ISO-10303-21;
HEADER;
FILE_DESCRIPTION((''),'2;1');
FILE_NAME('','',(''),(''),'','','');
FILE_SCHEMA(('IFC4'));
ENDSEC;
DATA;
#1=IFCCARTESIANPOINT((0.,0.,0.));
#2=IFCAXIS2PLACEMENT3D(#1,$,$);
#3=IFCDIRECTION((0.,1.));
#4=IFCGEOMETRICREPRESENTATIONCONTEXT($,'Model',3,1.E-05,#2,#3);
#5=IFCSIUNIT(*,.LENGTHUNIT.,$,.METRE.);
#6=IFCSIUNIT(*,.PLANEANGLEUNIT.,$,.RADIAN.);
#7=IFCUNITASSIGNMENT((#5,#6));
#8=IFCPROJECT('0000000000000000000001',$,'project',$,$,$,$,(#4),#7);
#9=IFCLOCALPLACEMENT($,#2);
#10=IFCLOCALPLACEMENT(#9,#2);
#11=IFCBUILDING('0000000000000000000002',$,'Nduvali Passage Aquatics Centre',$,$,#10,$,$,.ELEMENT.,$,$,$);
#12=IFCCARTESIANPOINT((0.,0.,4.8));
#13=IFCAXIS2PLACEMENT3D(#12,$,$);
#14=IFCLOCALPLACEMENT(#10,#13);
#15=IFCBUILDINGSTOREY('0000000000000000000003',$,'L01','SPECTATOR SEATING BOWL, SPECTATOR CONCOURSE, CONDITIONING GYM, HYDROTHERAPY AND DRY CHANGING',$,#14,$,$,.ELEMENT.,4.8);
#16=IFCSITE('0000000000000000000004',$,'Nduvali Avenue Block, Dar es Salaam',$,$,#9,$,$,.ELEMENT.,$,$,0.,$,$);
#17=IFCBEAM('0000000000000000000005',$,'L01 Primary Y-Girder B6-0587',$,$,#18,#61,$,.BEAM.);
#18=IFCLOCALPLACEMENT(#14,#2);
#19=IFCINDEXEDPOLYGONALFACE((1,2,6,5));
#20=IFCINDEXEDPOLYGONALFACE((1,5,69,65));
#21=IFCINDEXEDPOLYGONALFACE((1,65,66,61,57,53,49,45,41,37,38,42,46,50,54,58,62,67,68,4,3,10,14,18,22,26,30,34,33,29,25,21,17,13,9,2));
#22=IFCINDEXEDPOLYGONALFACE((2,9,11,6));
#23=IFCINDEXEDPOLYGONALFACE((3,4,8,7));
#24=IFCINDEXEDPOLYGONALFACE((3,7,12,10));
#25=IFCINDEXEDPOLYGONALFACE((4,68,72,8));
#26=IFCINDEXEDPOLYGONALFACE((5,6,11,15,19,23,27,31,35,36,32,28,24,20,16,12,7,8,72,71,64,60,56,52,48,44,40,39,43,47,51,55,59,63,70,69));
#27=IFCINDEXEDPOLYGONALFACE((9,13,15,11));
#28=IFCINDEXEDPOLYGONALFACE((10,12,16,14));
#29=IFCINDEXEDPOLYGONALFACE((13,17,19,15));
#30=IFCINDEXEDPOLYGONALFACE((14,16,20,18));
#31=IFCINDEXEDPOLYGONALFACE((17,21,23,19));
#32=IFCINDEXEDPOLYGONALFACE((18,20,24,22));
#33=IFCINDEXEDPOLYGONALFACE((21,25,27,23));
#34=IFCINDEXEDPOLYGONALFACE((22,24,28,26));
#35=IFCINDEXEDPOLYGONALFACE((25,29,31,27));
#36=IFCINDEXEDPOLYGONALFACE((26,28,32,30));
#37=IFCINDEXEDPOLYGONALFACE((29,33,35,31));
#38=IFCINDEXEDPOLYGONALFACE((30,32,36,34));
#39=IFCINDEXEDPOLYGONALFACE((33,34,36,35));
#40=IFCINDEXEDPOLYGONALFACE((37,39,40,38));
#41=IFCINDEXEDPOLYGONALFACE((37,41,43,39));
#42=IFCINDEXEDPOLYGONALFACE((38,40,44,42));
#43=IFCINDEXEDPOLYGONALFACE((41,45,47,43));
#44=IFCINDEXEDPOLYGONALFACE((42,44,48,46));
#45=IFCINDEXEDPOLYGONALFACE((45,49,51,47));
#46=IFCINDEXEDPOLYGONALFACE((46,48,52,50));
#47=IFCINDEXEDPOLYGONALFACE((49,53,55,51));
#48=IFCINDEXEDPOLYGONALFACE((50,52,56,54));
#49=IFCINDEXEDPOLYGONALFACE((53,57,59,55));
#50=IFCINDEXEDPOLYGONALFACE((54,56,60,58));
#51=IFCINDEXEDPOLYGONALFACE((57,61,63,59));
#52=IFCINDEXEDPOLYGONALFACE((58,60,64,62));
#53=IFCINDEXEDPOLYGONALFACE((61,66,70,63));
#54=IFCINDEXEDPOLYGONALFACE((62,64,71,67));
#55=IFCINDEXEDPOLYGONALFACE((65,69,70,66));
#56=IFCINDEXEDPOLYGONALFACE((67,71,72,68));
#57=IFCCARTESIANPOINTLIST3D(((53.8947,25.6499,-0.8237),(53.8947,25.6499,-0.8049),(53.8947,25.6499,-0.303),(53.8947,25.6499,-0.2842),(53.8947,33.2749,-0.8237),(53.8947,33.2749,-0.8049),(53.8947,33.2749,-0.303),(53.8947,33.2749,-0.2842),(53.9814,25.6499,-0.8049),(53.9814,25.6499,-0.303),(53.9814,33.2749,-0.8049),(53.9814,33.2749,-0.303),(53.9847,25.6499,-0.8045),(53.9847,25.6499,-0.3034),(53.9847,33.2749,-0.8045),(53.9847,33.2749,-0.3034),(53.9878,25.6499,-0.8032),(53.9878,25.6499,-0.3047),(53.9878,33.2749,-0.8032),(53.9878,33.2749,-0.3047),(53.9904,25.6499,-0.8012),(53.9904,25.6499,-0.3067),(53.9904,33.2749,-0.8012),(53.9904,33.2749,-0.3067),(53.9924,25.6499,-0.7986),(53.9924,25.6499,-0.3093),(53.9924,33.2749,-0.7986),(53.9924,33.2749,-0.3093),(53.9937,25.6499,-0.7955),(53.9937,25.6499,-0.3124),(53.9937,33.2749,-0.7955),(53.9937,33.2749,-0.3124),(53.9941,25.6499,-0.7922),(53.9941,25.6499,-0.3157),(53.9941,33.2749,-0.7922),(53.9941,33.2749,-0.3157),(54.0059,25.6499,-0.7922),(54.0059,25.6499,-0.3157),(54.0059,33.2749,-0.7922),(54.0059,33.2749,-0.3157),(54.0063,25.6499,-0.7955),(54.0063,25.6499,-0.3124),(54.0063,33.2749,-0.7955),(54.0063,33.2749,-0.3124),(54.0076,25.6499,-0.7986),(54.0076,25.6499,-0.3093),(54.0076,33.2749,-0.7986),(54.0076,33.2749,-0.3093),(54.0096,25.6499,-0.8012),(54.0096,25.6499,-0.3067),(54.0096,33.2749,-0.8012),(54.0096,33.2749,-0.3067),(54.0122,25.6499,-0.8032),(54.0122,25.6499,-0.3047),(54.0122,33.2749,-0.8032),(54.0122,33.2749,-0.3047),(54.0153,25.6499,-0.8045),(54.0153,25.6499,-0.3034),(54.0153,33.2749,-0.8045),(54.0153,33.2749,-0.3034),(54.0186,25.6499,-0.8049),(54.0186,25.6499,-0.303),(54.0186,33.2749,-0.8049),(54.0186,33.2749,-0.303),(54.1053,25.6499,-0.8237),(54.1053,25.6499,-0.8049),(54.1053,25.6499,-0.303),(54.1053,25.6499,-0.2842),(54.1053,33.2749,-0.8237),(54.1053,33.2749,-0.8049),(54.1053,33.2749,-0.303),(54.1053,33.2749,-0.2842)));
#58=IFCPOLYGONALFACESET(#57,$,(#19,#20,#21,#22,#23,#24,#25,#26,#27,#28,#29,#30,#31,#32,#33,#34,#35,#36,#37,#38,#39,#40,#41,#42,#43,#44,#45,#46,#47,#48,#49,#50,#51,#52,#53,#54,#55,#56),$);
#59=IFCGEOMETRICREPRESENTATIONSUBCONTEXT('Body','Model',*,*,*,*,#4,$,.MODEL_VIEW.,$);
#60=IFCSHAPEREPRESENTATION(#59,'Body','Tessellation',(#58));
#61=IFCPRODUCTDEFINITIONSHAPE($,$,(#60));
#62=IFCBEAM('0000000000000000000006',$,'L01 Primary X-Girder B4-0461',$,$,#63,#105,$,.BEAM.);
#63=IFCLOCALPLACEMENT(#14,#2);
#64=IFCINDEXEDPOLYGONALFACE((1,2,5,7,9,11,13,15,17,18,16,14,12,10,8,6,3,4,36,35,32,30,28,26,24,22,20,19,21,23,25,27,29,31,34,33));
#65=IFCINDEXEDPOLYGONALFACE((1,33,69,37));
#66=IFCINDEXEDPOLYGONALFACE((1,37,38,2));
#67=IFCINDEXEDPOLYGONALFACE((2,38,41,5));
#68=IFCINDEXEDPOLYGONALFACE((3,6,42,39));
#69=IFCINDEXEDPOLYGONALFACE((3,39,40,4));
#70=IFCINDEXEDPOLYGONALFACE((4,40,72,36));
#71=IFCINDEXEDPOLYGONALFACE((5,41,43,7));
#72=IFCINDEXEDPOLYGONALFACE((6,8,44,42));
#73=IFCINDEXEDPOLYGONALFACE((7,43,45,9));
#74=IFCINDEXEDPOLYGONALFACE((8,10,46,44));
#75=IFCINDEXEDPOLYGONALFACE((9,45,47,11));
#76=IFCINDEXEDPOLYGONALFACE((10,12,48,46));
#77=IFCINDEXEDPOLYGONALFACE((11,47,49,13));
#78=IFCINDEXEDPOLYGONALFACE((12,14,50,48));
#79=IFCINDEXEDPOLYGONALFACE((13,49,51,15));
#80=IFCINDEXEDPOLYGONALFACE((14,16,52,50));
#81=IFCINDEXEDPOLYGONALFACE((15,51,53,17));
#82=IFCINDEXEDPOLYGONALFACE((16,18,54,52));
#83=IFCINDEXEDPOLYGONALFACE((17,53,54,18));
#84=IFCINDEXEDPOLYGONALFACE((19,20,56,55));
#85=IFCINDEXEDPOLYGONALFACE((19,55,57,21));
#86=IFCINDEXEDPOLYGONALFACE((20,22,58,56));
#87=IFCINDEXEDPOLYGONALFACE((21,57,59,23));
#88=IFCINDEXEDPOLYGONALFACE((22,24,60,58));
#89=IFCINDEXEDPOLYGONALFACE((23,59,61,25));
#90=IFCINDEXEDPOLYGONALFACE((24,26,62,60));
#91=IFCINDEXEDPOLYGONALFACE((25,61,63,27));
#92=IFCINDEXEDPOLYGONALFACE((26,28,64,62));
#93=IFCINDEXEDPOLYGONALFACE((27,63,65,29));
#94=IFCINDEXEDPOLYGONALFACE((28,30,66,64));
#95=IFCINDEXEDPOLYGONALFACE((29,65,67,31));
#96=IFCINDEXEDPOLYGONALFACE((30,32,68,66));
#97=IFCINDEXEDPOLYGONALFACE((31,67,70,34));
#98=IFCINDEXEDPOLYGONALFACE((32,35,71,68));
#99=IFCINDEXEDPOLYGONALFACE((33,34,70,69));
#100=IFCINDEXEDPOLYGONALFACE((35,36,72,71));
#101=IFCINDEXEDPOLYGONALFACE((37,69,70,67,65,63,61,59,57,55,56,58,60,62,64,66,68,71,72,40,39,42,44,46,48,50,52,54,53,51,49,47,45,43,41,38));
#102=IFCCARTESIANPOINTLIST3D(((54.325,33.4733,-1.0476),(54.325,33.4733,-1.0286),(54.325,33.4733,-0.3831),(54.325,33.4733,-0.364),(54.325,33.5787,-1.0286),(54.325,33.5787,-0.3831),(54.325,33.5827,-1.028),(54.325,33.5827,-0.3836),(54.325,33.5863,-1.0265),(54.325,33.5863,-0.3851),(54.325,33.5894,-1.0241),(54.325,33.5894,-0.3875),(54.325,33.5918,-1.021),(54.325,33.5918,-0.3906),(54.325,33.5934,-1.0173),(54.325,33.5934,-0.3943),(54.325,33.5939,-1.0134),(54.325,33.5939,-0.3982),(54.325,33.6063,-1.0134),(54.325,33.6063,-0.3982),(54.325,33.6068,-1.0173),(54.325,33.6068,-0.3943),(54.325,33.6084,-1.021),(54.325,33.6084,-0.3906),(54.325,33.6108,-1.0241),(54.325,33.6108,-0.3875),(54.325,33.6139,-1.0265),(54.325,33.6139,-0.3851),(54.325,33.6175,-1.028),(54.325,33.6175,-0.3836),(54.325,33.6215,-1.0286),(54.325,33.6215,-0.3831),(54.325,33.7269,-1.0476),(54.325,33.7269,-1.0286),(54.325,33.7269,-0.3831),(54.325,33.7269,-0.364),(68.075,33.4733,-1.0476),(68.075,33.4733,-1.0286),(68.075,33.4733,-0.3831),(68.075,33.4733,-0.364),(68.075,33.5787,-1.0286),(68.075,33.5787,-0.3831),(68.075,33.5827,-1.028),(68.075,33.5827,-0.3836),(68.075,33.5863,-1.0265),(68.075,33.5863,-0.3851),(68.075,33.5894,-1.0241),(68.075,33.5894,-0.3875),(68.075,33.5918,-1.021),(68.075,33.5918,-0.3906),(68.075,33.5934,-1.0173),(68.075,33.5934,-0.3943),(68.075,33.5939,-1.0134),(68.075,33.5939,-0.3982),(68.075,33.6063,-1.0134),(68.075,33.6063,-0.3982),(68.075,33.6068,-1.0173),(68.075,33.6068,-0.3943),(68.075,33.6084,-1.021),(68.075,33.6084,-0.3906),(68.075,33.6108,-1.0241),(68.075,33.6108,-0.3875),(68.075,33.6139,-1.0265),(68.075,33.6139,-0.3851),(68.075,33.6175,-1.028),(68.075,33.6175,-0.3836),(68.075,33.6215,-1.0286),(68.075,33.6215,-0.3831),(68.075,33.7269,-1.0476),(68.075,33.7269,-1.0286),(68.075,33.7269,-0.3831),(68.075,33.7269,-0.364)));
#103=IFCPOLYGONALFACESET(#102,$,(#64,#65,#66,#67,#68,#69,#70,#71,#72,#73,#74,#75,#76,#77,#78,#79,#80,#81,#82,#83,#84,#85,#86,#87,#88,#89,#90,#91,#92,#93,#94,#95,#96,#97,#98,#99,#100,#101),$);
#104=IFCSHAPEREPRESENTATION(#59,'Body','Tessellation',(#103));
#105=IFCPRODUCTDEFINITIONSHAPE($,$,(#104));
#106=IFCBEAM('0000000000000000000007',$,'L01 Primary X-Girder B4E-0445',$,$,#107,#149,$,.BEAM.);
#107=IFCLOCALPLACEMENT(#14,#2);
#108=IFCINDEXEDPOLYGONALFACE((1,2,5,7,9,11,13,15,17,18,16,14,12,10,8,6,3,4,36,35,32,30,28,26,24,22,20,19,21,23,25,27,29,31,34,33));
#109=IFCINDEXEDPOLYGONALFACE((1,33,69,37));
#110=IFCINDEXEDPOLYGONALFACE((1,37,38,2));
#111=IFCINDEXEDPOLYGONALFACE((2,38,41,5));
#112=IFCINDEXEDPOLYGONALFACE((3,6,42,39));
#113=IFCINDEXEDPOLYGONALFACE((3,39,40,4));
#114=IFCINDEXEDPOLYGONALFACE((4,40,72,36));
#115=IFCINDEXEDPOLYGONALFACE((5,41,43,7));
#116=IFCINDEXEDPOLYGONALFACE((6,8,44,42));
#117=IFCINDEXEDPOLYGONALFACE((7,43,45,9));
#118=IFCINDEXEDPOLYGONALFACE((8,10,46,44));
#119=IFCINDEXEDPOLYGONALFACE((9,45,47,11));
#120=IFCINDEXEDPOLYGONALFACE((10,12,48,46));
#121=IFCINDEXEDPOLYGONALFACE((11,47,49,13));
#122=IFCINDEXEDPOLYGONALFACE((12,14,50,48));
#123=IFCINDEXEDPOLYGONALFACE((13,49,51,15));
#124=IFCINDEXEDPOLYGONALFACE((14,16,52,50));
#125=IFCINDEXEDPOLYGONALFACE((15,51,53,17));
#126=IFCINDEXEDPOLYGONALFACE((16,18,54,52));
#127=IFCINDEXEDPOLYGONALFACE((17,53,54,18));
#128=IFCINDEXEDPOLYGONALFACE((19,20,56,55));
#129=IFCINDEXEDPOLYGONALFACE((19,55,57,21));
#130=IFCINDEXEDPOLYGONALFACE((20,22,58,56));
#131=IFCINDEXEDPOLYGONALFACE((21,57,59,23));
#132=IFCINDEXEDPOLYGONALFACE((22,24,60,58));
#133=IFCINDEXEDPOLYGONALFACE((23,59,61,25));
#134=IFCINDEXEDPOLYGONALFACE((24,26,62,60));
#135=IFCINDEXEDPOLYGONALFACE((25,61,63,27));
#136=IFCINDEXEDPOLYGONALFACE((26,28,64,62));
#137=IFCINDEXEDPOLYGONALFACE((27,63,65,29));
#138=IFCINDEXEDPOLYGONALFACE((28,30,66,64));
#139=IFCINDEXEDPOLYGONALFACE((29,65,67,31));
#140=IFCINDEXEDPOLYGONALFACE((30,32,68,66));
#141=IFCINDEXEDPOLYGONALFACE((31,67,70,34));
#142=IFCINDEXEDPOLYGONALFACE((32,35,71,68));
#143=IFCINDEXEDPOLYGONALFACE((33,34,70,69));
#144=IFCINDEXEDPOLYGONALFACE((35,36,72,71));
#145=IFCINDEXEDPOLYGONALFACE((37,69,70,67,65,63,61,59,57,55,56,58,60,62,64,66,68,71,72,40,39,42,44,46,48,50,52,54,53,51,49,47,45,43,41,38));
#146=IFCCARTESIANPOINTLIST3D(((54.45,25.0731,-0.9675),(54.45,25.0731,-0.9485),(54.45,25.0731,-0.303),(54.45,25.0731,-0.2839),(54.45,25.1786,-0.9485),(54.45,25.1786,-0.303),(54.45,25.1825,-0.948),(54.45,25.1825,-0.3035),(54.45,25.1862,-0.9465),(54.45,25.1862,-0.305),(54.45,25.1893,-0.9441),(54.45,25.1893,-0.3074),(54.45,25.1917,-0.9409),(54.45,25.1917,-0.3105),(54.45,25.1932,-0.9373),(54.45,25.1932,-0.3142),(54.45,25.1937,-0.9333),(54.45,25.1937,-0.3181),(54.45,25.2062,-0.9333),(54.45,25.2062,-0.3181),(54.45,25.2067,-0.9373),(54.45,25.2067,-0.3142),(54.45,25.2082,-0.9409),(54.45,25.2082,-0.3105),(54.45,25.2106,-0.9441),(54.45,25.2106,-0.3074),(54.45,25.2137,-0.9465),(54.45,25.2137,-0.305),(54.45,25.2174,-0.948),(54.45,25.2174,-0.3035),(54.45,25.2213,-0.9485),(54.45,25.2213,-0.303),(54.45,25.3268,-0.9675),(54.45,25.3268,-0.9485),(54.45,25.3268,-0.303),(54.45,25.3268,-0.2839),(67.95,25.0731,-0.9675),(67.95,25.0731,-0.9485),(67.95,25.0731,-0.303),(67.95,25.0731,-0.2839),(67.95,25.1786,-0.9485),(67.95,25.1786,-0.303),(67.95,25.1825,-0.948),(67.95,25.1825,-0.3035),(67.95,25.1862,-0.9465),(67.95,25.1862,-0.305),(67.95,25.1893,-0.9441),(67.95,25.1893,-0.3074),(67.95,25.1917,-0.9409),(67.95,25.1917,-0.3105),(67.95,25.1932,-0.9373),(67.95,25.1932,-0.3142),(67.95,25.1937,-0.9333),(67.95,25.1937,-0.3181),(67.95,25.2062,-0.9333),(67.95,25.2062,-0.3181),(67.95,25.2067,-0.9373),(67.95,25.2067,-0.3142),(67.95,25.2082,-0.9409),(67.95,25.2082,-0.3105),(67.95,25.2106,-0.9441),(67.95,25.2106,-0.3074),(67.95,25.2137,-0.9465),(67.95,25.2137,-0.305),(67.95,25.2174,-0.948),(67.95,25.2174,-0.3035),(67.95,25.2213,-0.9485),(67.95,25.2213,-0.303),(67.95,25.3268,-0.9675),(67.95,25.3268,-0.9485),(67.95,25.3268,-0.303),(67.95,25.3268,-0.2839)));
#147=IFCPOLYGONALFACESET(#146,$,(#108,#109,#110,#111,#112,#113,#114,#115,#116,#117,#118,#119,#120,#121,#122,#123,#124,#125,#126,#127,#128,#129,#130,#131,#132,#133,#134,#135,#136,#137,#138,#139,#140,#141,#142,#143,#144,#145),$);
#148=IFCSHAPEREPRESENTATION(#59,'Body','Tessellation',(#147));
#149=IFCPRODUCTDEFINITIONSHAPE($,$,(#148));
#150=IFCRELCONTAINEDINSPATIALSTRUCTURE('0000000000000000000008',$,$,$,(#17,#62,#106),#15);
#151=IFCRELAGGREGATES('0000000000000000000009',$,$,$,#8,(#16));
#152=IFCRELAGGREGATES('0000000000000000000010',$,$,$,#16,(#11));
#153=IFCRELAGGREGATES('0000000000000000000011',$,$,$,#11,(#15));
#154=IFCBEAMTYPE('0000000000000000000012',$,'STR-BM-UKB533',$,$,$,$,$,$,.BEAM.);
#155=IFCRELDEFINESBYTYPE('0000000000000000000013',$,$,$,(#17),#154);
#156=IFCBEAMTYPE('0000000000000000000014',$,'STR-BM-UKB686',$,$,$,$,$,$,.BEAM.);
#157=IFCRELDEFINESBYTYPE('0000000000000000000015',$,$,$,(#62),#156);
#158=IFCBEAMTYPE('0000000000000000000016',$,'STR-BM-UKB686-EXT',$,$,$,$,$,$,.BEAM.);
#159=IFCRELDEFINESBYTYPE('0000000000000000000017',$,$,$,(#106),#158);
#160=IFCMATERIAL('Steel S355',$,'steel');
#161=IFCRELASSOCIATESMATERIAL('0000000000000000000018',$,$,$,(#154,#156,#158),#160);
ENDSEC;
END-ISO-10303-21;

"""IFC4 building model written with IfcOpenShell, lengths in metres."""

from ifc_helpers import new_model, si_unit, direction, frame, origin, origin_2d, place, context, subcontext, project, spatial, i_section, extrude, material, material_profile, profile_set, type_object, element, save


model = new_model("IFC4")

# Units and contexts
model_context = context("Model", 3, precision=1e-05, world=origin(), true_north=direction((0.0, 1.0)))
body_context = subcontext(model_context, "Body", "Model", "MODEL_VIEW")
ifc_project = project(units=[si_unit("LENGTHUNIT", "METRE"), si_unit("PLANEANGLEUNIT", "RADIAN")], contexts=[model_context])

# Site, building, storey
site_placement = place(None, origin())
site = spatial("IfcSite", under=ifc_project, at=site_placement, Name="Nduvali Avenue Block, Dar es Salaam", CompositionType="ELEMENT", RefElevation=0.0)
building_placement = place(site_placement, origin())
building = spatial("IfcBuilding", under=site, at=building_placement, Name="Nduvali Passage Aquatics Centre", CompositionType="ELEMENT")
storey_placement = place(building_placement, frame((0.0, 0.0, 4.8)))
storey = spatial("IfcBuildingStorey", under=building, at=storey_placement, Name="L01", Description="SPECTATOR SEATING BOWL, SPECTATOR CONCOURSE, CONDITIONING GYM, HYDROTHERAPY AND DRY CHANGING", CompositionType="ELEMENT", Elevation=4.8)

# Beams
ifc_material_1 = material(Name="Steel S355", Category="steel")
ifc_material_profile_1 = material_profile(ifc_material_1, i_section(OverallWidth=0.2107, OverallDepth=0.5396, WebThickness=0.0117, FlangeThickness=0.0188, FilletRadius=0.0127, at=origin_2d()), Name="UKB 533x210x109")
ifc_profile_set_1 = profile_set([ifc_material_profile_1], Name="Steel S355")
beam_type_1 = type_object("IfcBeamType", Name="STR-BM-UKB533", PredefinedType="BEAM", material=ifc_profile_set_1)
beam_1_placement = place(storey_placement, frame((54.0, 25.6499, -0.554), z_axis=(0.0, 1.0, 0.0), x_axis=(-1.0, 0.0, 0.0)))
element("IfcBeam", 1, at=beam_1_placement, inside=storey, type_object=beam_type_1, Name="L01 Primary Y-Girder B6-0587", PredefinedType="BEAM", context=body_context, shape_type="SweptSolid", body=[
    extrude(i_section(OverallWidth=0.2107, OverallDepth=0.5396, WebThickness=0.0117, FlangeThickness=0.0188, FilletRadius=0.0127, at=origin_2d()), origin(), (0.0, 0.0, 1.0), 7.625),
])
ifc_material_profile_2 = material_profile(ifc_material_1, i_section(OverallWidth=0.2537, OverallDepth=0.6836, WebThickness=0.0125, FlangeThickness=0.019, FilletRadius=0.0151, at=origin_2d()), Name="UKB 686x254x140")
ifc_profile_set_2 = profile_set([ifc_material_profile_2], Name="Steel S355")
beam_type_2 = type_object("IfcBeamType", Name="STR-BM-UKB686", PredefinedType="BEAM", material=ifc_profile_set_2)
beam_2_placement = place(storey_placement, frame((54.325, 33.6001, -0.7058), z_axis=(1.0, 0.0, 0.0), x_axis=(0.0, 1.0, 0.0)))
element("IfcBeam", 2, at=beam_2_placement, inside=storey, type_object=beam_type_2, Name="L01 Primary X-Girder B4-0461", PredefinedType="BEAM", context=body_context, shape_type="SweptSolid", body=[
    extrude(i_section(OverallWidth=0.2537, OverallDepth=0.6836, WebThickness=0.0125, FlangeThickness=0.019, FilletRadius=0.0151, at=origin_2d()), origin(), (0.0, 0.0, 1.0), 13.75),
])
ifc_material_profile_3 = material_profile(ifc_material_1, i_section(OverallWidth=0.2537, OverallDepth=0.6836, WebThickness=0.0125, FlangeThickness=0.019, FilletRadius=0.0151, at=origin_2d()), Name="UKB 686x254x140")
ifc_profile_set_3 = profile_set([ifc_material_profile_3], Name="Steel S355")
beam_type_3 = type_object("IfcBeamType", Name="STR-BM-UKB686-EXT", PredefinedType="BEAM", material=ifc_profile_set_3)
beam_3_placement = place(storey_placement, frame((54.45, 25.2, -0.6257), z_axis=(1.0, 0.0, 0.0), x_axis=(0.0, 1.0, 0.0)))
element("IfcBeam", 3, at=beam_3_placement, inside=storey, type_object=beam_type_3, Name="L01 Primary X-Girder B4E-0445", PredefinedType="BEAM", context=body_context, shape_type="SweptSolid", body=[
    extrude(i_section(OverallWidth=0.2537, OverallDepth=0.6836, WebThickness=0.0125, FlangeThickness=0.019, FilletRadius=0.0151, at=origin_2d()), origin(), (0.0, 0.0, 1.0), 13.5),
])

save(model, "model.ifc")
